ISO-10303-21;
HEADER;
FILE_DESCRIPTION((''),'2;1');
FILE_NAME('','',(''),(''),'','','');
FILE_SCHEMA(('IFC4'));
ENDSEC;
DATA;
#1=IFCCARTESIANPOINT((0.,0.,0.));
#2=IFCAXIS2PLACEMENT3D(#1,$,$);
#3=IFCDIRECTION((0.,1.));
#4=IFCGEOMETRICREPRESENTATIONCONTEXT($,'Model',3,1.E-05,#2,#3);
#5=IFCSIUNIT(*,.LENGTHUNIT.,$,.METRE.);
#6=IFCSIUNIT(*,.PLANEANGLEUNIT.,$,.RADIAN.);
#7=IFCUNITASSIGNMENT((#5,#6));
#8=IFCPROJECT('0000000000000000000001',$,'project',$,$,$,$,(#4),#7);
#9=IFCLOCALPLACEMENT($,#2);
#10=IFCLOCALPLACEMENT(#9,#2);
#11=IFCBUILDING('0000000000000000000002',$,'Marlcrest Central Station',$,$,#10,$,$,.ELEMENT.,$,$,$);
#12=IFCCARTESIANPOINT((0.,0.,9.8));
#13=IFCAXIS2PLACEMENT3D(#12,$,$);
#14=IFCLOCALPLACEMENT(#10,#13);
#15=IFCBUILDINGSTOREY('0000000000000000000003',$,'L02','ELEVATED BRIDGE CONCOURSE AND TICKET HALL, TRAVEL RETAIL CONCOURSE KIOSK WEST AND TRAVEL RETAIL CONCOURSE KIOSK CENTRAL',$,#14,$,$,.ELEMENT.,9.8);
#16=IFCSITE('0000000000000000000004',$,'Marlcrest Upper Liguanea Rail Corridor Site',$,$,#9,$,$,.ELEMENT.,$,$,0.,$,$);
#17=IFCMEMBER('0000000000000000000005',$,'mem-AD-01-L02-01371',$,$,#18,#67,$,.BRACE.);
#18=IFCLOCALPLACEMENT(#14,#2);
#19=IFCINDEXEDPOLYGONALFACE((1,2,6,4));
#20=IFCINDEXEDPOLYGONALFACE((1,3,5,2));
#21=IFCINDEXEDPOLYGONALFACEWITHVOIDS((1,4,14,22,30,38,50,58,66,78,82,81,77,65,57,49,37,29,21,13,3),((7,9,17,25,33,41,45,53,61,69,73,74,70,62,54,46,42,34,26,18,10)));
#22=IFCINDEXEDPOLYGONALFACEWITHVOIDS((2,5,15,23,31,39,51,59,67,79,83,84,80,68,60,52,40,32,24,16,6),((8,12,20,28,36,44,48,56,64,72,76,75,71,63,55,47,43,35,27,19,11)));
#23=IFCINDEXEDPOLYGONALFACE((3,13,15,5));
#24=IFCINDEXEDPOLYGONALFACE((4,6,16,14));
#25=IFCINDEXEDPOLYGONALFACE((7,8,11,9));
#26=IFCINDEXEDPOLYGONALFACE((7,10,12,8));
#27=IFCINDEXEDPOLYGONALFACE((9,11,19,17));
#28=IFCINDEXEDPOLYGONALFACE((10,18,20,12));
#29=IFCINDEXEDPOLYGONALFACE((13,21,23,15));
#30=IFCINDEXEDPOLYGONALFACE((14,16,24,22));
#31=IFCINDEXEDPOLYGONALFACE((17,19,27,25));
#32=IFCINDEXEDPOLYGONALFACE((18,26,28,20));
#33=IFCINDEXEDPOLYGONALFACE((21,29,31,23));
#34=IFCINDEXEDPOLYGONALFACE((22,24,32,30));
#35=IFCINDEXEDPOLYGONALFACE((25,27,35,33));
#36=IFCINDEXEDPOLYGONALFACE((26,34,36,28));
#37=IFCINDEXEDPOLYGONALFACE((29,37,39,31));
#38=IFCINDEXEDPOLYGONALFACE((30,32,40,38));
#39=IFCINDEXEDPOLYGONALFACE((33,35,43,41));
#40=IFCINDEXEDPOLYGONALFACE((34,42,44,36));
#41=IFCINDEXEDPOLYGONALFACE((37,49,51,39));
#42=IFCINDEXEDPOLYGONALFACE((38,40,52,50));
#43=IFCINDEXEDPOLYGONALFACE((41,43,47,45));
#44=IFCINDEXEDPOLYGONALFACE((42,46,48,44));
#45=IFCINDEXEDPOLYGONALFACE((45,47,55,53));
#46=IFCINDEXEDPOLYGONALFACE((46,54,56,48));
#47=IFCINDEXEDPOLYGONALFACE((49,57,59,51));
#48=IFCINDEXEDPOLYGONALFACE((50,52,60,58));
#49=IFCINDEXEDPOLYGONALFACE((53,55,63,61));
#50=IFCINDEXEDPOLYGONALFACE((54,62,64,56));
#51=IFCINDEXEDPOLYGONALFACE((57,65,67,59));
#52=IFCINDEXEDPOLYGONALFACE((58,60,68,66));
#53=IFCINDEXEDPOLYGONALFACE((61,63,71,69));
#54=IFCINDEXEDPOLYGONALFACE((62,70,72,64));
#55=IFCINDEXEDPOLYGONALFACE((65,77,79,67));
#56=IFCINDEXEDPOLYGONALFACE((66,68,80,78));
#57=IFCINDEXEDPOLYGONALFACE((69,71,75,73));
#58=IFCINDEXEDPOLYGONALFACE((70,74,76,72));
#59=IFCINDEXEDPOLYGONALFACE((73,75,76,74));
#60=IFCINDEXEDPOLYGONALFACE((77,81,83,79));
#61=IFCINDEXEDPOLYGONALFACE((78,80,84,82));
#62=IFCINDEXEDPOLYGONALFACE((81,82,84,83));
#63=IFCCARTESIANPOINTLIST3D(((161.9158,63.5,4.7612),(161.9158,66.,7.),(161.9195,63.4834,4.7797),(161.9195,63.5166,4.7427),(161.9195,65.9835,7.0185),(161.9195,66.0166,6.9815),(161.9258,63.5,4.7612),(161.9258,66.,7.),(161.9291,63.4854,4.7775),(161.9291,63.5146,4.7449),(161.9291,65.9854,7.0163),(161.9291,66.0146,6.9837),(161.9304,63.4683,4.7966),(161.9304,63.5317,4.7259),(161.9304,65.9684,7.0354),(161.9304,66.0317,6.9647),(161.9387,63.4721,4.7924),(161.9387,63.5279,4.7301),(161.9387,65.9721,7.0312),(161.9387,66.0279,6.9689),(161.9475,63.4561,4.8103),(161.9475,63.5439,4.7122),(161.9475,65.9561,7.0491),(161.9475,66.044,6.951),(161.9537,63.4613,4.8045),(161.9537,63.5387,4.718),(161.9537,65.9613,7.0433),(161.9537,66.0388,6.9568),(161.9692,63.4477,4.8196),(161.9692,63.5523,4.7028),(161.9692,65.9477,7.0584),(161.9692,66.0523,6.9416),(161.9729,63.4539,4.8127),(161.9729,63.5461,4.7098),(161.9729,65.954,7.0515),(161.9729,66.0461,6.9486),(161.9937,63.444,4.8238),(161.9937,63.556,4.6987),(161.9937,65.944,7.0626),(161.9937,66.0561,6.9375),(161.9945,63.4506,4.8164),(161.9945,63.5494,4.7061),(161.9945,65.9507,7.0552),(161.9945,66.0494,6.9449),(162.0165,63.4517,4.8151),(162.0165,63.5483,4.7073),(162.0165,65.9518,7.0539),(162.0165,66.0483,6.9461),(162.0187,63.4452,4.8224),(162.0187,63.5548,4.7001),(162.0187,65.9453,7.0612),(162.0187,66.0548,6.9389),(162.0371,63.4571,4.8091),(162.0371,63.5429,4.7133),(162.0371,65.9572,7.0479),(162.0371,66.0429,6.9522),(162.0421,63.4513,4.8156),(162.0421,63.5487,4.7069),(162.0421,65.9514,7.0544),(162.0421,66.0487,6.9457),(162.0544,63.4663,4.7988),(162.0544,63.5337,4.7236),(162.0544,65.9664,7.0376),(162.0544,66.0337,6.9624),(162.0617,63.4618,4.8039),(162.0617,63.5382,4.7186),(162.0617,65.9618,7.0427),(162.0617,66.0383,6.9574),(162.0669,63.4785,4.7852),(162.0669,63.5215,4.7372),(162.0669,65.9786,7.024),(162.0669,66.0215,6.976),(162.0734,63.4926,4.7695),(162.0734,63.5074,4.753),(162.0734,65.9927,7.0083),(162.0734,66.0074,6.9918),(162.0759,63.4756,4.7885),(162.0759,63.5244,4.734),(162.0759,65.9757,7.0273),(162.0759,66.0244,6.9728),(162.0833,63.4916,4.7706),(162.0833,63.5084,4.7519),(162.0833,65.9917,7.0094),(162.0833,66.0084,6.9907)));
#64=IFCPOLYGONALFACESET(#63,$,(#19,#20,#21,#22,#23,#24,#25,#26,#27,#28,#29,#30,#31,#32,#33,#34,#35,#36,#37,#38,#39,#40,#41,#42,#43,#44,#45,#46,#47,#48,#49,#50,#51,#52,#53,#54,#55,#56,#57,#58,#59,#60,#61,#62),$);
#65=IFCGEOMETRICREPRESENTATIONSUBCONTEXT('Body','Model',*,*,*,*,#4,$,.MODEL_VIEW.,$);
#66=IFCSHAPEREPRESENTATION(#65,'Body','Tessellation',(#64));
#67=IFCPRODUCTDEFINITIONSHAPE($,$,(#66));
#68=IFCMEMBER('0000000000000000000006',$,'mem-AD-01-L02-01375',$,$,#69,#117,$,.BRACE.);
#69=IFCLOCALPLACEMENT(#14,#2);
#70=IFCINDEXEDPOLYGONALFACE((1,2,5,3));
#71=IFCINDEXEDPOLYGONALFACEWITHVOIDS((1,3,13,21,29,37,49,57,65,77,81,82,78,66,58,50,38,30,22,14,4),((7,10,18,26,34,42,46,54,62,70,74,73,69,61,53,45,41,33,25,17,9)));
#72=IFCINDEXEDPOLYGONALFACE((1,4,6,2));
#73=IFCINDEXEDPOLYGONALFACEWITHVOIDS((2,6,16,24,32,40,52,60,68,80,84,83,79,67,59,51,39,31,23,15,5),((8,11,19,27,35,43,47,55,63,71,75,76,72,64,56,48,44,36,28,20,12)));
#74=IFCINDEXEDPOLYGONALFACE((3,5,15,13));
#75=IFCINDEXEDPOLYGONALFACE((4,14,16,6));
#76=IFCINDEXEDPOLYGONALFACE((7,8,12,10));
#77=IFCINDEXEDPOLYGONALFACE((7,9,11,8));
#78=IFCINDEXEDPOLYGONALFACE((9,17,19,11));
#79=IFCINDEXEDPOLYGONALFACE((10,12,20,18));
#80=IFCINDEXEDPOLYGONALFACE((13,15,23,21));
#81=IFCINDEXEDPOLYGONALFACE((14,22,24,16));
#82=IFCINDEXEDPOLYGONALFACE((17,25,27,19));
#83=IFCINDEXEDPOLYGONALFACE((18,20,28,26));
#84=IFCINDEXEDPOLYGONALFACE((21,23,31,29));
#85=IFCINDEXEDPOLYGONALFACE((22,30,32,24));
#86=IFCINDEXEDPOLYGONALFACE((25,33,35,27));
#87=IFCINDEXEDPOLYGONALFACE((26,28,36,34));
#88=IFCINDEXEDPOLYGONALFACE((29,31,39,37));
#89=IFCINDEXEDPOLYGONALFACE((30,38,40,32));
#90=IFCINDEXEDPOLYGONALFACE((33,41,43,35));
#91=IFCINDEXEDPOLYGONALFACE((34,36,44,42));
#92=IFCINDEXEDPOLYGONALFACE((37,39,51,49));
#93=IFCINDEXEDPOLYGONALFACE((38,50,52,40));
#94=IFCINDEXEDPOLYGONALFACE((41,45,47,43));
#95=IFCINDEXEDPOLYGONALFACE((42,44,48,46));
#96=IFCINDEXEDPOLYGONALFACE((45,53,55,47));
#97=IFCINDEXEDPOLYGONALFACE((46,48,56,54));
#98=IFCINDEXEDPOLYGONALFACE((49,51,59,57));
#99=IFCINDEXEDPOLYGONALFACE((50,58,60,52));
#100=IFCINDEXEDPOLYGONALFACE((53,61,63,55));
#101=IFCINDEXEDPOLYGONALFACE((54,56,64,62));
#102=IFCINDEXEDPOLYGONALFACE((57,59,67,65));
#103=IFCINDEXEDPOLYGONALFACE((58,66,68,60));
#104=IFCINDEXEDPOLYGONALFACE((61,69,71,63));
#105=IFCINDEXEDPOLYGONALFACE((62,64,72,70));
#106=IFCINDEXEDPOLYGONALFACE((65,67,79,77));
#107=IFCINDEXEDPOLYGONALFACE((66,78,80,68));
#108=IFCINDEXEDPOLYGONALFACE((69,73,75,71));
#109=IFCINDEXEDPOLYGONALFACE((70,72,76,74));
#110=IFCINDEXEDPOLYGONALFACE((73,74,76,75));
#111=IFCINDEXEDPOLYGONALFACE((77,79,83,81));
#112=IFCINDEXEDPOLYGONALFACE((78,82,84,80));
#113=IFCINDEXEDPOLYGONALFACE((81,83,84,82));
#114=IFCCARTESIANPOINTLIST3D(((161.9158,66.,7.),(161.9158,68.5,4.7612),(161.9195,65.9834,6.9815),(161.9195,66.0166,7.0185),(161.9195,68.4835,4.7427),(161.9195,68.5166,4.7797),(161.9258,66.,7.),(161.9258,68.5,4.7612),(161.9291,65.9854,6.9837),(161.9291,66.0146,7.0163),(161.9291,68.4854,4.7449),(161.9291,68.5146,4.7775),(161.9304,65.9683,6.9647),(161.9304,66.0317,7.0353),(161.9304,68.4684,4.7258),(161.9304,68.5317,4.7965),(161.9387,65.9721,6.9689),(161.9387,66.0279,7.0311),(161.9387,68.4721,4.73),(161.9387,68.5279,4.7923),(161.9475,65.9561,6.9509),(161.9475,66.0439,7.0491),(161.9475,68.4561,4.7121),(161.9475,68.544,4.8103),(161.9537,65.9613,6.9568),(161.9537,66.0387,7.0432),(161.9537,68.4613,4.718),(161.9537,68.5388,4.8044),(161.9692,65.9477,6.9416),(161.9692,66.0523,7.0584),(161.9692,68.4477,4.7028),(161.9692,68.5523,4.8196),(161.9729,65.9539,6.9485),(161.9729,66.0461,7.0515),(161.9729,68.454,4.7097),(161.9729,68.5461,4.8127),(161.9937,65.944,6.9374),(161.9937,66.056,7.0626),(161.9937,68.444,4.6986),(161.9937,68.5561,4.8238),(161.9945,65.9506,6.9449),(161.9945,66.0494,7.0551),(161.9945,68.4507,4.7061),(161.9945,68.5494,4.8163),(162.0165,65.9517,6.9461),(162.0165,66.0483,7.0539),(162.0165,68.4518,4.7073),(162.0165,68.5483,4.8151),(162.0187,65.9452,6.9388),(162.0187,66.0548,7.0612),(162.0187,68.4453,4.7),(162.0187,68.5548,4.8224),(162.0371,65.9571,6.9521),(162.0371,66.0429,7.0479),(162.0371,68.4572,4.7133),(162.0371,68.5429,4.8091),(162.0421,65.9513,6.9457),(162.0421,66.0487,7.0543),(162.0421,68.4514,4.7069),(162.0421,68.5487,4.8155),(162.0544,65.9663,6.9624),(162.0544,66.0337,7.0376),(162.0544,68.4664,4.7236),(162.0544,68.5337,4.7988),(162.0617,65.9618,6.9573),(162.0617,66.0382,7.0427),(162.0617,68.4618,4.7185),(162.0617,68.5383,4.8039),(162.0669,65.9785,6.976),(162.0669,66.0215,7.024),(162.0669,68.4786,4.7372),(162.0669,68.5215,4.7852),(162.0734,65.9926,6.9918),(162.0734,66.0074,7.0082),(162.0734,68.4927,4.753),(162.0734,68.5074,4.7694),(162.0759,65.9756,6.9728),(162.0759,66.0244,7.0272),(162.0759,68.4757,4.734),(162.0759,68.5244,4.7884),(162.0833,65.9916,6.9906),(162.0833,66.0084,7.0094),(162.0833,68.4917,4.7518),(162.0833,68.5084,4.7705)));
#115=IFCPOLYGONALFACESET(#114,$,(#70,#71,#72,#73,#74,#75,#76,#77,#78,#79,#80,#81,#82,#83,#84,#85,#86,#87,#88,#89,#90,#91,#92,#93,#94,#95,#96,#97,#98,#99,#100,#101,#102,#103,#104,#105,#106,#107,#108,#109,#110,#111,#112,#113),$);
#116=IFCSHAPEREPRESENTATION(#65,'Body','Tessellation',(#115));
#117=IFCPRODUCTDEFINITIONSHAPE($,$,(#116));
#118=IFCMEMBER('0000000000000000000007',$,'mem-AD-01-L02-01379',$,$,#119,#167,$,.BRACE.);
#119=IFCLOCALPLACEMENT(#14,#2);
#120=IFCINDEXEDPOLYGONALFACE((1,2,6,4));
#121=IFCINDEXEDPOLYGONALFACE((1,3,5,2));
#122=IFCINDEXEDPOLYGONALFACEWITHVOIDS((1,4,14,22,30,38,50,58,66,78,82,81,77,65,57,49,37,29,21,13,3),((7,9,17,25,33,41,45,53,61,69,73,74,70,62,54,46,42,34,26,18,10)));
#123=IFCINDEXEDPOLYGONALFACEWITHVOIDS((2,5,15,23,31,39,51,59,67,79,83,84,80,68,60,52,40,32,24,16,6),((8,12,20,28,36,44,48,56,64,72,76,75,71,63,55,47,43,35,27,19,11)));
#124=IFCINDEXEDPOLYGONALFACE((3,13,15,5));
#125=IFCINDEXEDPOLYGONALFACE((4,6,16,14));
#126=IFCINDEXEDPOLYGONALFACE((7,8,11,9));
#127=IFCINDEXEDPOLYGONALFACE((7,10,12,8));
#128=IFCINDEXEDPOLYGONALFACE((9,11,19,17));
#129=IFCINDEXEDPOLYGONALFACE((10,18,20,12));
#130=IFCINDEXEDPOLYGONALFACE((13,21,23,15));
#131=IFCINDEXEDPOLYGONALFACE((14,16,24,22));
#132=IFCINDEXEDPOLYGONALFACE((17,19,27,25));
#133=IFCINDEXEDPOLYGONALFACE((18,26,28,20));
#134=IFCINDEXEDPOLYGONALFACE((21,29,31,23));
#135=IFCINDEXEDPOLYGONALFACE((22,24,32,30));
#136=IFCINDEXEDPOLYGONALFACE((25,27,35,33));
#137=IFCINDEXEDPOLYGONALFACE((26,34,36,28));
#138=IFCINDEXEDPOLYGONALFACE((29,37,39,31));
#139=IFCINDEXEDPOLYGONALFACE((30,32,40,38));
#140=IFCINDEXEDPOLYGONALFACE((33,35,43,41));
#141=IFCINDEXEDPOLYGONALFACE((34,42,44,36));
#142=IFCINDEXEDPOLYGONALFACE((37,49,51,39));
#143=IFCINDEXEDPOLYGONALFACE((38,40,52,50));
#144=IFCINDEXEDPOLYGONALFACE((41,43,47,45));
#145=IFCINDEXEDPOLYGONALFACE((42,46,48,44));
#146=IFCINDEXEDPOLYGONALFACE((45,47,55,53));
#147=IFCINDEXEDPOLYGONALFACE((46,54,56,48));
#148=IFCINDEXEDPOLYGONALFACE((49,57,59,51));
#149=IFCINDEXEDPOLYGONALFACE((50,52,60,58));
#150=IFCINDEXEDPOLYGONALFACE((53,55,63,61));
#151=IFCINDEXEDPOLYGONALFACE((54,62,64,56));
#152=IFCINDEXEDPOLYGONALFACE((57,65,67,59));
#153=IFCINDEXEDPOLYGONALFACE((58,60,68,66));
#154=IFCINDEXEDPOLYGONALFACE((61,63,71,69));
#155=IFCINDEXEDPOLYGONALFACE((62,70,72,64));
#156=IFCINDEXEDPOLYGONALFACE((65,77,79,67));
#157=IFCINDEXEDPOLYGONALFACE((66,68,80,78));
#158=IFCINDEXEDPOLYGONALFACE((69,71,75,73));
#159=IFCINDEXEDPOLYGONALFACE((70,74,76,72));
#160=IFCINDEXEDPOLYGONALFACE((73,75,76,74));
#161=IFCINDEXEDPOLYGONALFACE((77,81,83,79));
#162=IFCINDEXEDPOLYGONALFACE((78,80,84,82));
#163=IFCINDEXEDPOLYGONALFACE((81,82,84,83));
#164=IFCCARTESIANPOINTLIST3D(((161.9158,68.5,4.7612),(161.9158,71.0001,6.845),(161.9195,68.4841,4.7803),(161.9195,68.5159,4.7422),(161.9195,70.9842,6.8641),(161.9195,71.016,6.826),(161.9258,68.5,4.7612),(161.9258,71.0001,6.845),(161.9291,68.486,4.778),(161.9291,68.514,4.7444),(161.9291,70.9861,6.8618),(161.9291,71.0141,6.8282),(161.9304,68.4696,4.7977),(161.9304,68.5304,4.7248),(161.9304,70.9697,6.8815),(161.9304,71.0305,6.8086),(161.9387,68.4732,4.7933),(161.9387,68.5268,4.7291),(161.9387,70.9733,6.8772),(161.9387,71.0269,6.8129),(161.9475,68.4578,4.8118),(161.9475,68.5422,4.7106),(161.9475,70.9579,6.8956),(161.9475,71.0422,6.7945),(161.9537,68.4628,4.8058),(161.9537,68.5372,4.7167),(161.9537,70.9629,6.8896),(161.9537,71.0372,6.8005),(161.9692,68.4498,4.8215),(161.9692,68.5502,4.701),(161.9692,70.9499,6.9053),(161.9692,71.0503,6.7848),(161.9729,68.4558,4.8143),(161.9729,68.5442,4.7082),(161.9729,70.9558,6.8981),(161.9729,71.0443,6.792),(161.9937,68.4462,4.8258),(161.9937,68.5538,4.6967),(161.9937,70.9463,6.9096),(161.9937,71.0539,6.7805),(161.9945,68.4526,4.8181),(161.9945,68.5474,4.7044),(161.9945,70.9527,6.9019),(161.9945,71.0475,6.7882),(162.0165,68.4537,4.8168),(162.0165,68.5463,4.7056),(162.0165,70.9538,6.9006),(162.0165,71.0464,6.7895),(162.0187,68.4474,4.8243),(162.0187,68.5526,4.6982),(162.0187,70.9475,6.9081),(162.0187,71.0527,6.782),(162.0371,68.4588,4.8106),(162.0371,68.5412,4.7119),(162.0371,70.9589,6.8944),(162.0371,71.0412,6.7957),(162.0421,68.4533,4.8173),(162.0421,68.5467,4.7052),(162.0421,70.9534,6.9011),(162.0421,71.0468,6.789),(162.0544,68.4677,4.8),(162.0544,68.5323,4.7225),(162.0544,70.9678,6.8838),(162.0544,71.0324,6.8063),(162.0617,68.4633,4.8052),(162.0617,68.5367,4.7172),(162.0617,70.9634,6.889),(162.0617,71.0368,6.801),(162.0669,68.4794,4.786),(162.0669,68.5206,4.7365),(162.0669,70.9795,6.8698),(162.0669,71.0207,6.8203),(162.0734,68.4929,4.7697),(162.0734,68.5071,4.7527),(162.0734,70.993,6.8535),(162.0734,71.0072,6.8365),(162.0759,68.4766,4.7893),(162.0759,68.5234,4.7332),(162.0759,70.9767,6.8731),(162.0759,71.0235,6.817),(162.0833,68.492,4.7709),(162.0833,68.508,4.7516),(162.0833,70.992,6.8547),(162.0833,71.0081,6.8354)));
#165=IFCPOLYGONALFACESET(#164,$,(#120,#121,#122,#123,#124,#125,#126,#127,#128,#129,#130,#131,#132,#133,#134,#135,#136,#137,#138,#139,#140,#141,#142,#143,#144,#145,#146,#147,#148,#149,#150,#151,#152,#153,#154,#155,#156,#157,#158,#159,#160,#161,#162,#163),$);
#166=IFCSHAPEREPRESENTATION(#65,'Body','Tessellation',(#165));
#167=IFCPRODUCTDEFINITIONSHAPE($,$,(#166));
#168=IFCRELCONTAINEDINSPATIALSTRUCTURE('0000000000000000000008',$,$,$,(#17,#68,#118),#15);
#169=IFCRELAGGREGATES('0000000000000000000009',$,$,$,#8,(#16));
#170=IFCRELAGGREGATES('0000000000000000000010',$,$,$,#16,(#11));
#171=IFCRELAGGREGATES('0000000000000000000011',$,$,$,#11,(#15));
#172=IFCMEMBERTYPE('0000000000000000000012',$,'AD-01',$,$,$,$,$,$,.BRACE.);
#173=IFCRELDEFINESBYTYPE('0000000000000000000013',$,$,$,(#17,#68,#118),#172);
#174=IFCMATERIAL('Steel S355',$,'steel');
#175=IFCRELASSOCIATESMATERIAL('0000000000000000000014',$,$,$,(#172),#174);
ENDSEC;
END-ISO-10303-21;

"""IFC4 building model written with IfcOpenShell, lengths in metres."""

from ifc_helpers import new_model, si_unit, direction, frame, origin, origin_2d, place, context, subcontext, project, spatial, hollow_circle, extrude, material, material_profile, profile_set, type_object, element, save


model = new_model("IFC4")

# Units and contexts
model_context = context("Model", 3, precision=1e-05, world=origin(), true_north=direction((0.0, 1.0)))
body_context = subcontext(model_context, "Body", "Model", "MODEL_VIEW")
ifc_project = project(units=[si_unit("LENGTHUNIT", "METRE"), si_unit("PLANEANGLEUNIT", "RADIAN")], contexts=[model_context])

# Site, building, storey
site_placement = place(None, origin())
site = spatial("IfcSite", under=ifc_project, at=site_placement, Name="Marlcrest Upper Liguanea Rail Corridor Site", CompositionType="ELEMENT", RefElevation=0.0)
building_placement = place(site_placement, origin())
building = spatial("IfcBuilding", under=site, at=building_placement, Name="Marlcrest Central Station", CompositionType="ELEMENT")
storey_placement = place(building_placement, frame((0.0, 0.0, 9.8)))
storey = spatial("IfcBuildingStorey", under=building, at=storey_placement, Name="L02", Description="ELEVATED BRIDGE CONCOURSE AND TICKET HALL, TRAVEL RETAIL CONCOURSE KIOSK WEST AND TRAVEL RETAIL CONCOURSE KIOSK CENTRAL", CompositionType="ELEMENT", Elevation=9.8)

# Members
ifc_material = material(Name="Steel S355", Category="steel")
ifc_material_profile_1 = material_profile(ifc_material, hollow_circle(Radius=0.0842, WallThickness=0.01, at=origin_2d()), Name="CHS 168.3x10")
ifc_profile_set_1 = profile_set([ifc_material_profile_1], Name="Steel S355")
member_type_1 = type_object("IfcMemberType", Name="AD-01", PredefinedType="BRACE", material=ifc_profile_set_1)
for number, where, z_axis, x_axis, name in (
    (1, (162.0, 63.5, 4.7612), (0.0, 0.744956, 0.667114), (-1.0, 0.0, 0.0), "mem-AD-01-L02-01371"),
    (2, (162.0, 66.0, 7.0), (0.0, 0.744956, -0.667114), (-1.0, 0.0, 0.0), "mem-AD-01-L02-01375"),
):
    element("IfcMember", number, at=place(storey_placement, frame(where, z_axis=z_axis, x_axis=x_axis)), inside=storey, type_object=member_type_1, Name=name, PredefinedType="BRACE", context=body_context, shape_type="SweptSolid", body=[
        extrude(hollow_circle(Radius=0.0842, WallThickness=0.01, at=origin_2d()), origin(), (0.0, 0.0, 1.0), 3.356),
    ])
member_1_placement = place(storey_placement, frame((162.0, 68.5, 4.7612), z_axis=(0.0, 0.76816, 0.640258), x_axis=(-1.0, 0.0, 0.0)))
element("IfcMember", 3, at=member_1_placement, inside=storey, type_object=member_type_1, Name="mem-AD-01-L02-01379", PredefinedType="BRACE", context=body_context, shape_type="SweptSolid", body=[
    extrude(hollow_circle(Radius=0.0842, WallThickness=0.01, at=origin_2d()), origin(), (0.0, 0.0, 1.0), 3.2546),
])

save(model, "model.ifc")
